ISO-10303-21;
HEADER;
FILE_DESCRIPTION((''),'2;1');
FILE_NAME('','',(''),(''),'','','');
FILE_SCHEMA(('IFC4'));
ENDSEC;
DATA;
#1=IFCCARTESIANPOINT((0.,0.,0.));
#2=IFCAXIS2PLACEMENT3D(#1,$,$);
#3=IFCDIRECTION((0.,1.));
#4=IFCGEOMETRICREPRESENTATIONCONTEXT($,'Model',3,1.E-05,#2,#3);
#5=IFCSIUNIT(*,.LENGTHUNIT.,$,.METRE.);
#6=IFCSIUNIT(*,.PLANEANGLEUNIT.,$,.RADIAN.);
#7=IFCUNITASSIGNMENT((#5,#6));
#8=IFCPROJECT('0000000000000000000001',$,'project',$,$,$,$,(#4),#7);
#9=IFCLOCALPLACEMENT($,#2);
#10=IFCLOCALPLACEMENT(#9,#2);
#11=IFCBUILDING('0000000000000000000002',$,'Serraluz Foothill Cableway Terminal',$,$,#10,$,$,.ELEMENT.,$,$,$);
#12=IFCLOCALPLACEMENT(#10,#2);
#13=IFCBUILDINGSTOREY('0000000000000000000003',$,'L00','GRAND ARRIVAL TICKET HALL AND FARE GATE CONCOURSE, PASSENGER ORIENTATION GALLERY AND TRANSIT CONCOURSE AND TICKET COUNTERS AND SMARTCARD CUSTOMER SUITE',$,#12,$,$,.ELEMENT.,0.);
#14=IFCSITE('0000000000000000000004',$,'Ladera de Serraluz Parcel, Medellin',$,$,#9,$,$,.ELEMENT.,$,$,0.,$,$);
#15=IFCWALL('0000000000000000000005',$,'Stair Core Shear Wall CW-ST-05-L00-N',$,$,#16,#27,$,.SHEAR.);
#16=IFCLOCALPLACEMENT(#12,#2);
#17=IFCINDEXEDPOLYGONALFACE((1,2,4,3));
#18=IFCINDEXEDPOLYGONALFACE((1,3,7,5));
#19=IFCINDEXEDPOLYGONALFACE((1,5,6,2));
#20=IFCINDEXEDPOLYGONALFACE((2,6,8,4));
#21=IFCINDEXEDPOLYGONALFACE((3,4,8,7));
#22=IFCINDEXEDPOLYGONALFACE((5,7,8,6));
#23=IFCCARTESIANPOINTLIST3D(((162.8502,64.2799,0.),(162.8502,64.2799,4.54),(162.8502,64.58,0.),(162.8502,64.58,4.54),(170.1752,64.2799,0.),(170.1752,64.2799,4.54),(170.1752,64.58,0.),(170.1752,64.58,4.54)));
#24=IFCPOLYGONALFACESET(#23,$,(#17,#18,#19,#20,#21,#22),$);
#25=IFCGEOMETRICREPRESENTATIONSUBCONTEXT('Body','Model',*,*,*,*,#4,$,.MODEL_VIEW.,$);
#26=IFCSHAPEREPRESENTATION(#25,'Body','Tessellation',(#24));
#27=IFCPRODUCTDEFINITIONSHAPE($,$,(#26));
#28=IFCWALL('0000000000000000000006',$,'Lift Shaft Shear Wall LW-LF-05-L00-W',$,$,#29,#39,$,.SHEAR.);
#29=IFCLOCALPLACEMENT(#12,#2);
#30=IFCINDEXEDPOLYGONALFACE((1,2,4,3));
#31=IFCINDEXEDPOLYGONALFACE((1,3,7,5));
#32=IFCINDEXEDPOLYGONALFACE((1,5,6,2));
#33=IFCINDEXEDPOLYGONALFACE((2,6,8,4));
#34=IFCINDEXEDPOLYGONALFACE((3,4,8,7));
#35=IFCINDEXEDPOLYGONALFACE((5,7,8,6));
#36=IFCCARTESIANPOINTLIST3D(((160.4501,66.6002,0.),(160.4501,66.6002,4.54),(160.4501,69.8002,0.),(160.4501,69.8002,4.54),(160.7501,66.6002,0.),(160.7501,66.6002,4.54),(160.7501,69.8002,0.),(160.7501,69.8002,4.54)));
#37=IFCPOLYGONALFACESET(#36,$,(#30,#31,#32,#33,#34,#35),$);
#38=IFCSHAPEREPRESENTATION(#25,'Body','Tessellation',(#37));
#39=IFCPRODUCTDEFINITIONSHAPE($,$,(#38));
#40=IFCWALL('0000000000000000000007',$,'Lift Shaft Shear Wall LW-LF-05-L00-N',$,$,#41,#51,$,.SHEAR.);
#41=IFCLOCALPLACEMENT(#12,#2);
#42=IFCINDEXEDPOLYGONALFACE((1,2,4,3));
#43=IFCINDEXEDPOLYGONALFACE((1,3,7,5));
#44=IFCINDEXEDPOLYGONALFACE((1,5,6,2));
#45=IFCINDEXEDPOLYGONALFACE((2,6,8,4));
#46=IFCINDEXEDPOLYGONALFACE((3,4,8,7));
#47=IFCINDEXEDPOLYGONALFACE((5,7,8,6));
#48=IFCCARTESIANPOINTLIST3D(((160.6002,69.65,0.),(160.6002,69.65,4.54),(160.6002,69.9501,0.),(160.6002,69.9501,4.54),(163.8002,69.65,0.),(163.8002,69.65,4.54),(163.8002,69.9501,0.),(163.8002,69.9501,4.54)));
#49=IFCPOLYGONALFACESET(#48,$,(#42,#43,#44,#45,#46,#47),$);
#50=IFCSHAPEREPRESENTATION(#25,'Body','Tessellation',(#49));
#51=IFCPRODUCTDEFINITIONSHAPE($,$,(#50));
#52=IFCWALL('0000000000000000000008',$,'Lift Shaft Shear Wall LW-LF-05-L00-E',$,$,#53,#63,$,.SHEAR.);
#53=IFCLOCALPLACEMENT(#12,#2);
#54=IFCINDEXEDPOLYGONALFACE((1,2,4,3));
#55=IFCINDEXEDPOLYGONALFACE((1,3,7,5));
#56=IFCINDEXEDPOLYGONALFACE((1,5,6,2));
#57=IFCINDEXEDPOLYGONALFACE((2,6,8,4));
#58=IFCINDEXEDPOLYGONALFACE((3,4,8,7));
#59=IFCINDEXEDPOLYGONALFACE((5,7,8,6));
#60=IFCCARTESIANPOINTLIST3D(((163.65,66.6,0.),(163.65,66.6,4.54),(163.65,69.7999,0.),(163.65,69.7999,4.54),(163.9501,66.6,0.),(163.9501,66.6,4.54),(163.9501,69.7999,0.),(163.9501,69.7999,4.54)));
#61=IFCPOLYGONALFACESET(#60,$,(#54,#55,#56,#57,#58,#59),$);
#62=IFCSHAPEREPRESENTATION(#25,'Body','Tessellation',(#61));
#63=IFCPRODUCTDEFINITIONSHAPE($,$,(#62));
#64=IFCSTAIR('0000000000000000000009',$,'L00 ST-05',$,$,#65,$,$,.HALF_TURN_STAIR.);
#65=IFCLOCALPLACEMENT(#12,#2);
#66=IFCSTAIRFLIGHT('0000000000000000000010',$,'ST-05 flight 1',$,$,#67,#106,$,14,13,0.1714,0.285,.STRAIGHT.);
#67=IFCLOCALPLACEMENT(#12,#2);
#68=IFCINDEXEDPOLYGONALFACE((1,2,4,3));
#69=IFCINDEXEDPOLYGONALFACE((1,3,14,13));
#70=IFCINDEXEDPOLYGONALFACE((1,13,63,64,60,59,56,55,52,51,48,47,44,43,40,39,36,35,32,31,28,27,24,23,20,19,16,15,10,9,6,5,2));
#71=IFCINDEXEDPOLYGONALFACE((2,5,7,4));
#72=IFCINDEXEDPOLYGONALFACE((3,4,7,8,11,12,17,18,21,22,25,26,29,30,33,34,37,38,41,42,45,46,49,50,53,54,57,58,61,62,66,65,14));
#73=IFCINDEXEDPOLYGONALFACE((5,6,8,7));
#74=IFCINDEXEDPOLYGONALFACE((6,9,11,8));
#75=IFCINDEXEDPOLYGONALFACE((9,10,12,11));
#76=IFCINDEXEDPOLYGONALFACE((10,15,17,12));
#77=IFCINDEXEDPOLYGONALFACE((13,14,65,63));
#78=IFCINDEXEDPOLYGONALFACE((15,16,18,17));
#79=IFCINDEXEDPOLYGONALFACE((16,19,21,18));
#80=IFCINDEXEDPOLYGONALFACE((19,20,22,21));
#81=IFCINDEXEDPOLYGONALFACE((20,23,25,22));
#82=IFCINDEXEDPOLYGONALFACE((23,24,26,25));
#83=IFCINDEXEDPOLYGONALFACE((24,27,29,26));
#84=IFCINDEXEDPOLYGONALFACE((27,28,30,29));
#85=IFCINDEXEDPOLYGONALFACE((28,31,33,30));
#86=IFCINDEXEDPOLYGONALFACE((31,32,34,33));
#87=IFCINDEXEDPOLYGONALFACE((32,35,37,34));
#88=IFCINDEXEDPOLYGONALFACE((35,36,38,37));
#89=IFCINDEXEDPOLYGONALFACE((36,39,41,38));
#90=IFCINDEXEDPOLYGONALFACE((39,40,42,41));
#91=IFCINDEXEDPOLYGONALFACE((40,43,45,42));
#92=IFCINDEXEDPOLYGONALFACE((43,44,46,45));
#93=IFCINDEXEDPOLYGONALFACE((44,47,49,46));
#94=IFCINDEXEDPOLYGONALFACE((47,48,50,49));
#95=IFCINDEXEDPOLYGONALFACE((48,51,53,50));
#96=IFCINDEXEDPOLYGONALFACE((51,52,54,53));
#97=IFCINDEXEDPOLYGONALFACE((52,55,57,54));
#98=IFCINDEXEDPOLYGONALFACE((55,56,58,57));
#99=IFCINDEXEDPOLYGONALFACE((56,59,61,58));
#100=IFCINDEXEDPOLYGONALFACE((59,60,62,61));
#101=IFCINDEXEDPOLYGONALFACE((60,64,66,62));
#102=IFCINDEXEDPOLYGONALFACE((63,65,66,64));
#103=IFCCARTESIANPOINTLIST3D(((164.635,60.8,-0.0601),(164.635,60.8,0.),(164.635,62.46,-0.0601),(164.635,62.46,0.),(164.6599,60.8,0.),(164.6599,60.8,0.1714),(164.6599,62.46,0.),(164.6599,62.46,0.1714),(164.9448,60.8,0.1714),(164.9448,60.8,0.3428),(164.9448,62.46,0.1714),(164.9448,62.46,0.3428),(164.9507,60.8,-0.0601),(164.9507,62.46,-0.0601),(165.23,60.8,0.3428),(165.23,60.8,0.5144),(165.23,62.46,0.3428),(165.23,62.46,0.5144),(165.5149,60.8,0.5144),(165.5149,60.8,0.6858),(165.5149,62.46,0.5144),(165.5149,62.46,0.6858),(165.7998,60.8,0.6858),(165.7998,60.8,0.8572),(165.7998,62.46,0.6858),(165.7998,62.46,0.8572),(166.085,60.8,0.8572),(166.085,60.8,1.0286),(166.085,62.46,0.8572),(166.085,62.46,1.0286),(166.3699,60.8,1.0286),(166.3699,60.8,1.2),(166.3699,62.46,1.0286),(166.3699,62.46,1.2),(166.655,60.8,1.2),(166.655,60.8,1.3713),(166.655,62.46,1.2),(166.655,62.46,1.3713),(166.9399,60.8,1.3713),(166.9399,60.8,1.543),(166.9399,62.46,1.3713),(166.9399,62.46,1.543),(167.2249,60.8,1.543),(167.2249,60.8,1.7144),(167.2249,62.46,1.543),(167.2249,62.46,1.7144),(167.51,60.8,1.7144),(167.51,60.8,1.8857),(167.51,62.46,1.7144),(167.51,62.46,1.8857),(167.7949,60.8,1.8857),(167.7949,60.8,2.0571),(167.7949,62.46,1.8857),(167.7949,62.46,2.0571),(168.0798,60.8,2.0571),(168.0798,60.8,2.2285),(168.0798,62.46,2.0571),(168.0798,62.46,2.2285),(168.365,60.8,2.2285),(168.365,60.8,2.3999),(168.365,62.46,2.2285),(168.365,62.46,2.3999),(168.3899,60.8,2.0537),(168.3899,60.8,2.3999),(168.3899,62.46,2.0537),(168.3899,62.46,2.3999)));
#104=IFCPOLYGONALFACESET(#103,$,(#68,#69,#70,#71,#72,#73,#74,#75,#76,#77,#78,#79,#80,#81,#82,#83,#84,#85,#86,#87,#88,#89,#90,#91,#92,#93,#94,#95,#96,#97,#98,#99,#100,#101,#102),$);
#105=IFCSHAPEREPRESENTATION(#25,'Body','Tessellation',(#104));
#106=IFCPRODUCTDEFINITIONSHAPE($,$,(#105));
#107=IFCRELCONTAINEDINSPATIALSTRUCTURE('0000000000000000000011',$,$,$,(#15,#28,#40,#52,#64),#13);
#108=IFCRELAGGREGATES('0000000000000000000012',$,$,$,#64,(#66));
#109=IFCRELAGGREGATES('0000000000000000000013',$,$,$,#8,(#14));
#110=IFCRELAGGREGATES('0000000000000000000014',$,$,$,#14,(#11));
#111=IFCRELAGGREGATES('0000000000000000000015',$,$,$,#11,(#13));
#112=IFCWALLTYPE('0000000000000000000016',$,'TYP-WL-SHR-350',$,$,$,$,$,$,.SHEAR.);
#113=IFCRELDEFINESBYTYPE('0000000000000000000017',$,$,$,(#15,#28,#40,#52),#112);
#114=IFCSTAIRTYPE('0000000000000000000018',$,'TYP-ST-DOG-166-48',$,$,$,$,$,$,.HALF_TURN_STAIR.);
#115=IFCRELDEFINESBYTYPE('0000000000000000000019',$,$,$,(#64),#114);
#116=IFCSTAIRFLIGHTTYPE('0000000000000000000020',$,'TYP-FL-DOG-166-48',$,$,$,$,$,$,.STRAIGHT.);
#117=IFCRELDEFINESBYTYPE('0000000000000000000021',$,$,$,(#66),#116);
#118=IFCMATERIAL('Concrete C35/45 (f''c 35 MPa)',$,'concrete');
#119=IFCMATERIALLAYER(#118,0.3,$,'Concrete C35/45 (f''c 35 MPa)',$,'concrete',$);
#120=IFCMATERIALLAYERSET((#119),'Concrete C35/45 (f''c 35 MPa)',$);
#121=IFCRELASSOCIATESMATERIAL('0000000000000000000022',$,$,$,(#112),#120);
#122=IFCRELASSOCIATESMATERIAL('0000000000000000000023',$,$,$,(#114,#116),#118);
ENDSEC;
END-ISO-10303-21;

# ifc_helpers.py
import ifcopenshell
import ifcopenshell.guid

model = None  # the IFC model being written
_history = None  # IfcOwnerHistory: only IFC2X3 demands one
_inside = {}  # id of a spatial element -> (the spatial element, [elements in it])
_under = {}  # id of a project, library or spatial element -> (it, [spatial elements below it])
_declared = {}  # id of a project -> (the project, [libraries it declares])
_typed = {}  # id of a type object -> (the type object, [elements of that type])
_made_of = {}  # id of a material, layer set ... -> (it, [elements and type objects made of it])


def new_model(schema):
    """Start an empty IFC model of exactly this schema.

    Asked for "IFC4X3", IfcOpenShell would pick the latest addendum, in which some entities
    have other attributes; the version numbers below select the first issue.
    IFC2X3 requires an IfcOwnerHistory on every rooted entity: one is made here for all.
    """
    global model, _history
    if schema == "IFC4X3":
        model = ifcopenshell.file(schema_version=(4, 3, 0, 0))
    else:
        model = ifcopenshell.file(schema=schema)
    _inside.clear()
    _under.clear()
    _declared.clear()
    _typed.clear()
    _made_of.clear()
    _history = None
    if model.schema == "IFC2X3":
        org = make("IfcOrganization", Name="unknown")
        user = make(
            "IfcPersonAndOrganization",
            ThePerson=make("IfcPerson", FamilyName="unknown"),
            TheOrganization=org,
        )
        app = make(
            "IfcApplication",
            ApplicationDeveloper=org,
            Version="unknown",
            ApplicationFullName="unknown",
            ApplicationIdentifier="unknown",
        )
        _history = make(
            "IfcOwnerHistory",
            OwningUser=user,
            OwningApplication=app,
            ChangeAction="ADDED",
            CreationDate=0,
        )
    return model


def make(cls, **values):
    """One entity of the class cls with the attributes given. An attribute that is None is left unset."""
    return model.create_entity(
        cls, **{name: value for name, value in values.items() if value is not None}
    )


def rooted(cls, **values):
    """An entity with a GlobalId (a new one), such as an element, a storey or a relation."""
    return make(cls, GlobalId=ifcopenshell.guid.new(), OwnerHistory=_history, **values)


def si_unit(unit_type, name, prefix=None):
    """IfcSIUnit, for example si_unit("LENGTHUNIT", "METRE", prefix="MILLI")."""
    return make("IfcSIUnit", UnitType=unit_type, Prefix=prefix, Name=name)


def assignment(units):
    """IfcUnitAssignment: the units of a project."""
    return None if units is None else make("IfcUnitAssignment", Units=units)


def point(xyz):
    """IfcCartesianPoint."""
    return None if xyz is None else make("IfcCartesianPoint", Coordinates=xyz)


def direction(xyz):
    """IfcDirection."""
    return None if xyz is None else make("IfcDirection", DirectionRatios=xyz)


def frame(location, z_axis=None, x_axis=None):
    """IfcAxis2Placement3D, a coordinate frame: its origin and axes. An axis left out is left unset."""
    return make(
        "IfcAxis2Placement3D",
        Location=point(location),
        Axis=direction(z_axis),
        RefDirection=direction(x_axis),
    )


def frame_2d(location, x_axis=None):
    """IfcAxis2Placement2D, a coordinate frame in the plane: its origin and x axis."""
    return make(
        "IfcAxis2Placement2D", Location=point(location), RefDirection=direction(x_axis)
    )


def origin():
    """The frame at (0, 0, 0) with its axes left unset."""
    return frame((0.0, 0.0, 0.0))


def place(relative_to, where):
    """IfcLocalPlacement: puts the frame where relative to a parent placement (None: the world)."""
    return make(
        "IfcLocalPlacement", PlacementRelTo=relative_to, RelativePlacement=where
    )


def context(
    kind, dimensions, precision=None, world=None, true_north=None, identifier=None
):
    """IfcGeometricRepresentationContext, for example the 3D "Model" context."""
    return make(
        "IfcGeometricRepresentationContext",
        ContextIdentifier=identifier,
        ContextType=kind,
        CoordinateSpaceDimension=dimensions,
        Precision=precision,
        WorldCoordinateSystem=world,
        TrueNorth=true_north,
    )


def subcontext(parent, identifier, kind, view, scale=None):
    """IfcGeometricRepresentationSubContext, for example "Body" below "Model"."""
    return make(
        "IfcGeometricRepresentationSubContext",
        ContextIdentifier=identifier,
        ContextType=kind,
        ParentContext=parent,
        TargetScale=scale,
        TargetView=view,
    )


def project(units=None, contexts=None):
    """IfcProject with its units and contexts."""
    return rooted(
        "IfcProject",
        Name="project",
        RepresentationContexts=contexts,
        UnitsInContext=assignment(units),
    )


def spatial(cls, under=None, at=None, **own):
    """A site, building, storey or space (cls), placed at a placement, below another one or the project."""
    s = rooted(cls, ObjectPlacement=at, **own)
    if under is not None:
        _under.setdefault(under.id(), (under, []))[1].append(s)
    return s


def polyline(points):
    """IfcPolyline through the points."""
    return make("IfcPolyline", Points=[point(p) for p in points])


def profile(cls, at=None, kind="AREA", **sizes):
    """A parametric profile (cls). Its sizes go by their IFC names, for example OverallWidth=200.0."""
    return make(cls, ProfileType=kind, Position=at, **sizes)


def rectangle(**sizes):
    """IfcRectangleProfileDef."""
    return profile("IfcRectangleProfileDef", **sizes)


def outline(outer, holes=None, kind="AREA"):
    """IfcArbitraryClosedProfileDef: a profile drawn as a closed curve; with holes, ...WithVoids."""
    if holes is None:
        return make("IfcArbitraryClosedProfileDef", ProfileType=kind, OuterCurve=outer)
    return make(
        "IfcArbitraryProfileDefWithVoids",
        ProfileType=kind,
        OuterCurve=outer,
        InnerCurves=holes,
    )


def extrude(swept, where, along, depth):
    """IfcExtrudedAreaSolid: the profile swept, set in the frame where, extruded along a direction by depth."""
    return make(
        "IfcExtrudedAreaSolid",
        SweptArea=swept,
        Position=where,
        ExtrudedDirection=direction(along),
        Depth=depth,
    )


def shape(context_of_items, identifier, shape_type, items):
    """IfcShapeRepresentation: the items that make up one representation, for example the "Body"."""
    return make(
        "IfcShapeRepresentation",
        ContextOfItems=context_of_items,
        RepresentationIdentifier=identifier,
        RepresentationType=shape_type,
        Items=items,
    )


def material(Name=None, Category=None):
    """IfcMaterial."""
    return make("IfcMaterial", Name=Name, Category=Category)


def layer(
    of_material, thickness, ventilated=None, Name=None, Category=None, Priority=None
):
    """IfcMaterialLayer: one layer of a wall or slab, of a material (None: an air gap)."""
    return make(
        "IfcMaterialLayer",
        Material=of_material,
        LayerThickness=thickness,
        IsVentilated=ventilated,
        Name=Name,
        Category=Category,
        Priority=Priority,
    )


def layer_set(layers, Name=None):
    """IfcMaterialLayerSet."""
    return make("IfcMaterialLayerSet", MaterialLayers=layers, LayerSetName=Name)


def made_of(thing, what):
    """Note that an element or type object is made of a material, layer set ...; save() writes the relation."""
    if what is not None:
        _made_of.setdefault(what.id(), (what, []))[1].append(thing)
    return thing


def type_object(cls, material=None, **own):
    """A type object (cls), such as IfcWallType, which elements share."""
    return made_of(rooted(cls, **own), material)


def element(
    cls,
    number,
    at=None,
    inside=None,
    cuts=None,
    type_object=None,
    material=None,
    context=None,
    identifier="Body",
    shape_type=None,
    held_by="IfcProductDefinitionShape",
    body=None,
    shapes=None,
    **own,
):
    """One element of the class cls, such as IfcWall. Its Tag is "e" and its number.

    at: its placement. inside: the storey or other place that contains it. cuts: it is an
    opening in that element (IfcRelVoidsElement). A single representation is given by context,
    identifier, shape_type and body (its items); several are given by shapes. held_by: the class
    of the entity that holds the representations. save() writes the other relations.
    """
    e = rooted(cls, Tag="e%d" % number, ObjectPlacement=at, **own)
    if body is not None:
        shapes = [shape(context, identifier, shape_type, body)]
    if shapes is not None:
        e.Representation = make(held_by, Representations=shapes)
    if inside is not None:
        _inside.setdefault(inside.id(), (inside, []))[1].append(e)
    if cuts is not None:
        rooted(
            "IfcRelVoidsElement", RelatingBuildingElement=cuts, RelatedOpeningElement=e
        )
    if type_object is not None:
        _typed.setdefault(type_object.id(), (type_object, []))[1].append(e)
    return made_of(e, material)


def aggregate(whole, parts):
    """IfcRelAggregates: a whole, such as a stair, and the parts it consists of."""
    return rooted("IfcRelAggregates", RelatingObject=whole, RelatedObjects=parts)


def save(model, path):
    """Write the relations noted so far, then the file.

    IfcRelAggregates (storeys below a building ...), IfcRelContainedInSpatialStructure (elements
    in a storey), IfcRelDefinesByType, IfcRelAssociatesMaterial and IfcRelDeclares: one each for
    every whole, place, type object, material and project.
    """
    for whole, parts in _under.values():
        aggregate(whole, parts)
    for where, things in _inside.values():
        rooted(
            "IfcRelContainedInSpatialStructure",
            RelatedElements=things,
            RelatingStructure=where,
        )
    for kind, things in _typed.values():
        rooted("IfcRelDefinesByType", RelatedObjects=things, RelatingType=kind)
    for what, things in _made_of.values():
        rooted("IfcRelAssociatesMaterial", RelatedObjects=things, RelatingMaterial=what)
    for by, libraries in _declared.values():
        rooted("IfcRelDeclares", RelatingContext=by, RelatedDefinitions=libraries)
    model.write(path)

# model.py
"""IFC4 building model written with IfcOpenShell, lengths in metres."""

from ifc_helpers import new_model, si_unit, direction, frame, frame_2d, origin, place, context, subcontext, project, spatial, polyline, rectangle, outline, extrude, material, layer, layer_set, type_object, element, aggregate, save


model = new_model("IFC4")

# Units and contexts
model_context = context("Model", 3, precision=1e-05, world=origin(), true_north=direction((0.0, 1.0)))
body_context = subcontext(model_context, "Body", "Model", "MODEL_VIEW")
ifc_project = project(units=[si_unit("LENGTHUNIT", "METRE"), si_unit("PLANEANGLEUNIT", "RADIAN")], contexts=[model_context])

# Site, building, storey
site_placement = place(None, origin())
site = spatial("IfcSite", under=ifc_project, at=site_placement, Name="Ladera de Serraluz Parcel, Medellin", CompositionType="ELEMENT", RefElevation=0.0)
building_placement = place(site_placement, origin())
building = spatial("IfcBuilding", under=site, at=building_placement, Name="Serraluz Foothill Cableway Terminal", CompositionType="ELEMENT")
storey_placement = place(building_placement, origin())
storey = spatial("IfcBuildingStorey", under=building, at=storey_placement, Name="L00", Description="GRAND ARRIVAL TICKET HALL AND FARE GATE CONCOURSE, PASSENGER ORIENTATION GALLERY AND TRANSIT CONCOURSE AND TICKET COUNTERS AND SMARTCARD CUSTOMER SUITE", CompositionType="ELEMENT", Elevation=0.0)

# Shared definitions
ifc_material_1 = material(Name="Concrete C35/45 (f'c 35 MPa)", Category="concrete")

# Wall
ifc_layer_1 = layer(ifc_material_1, 0.3, Name="Concrete C35/45 (f'c 35 MPa)", Category="concrete")
ifc_layer_set_1 = layer_set([ifc_layer_1], Name="Concrete C35/45 (f'c 35 MPa)")
wall_type = type_object("IfcWallType", Name="TYP-WL-SHR-350", PredefinedType="SHEAR", material=ifc_layer_set_1)
wall_1_placement = place(storey_placement, frame((162.8501, 64.4299, 0.0), z_axis=(0.0, 0.0, 1.0), x_axis=(1.0, 0.0, 0.0)))
element("IfcWall", 1, at=wall_1_placement, inside=storey, type_object=wall_type, Name="Stair Core Shear Wall CW-ST-05-L00-N", PredefinedType="SHEAR", context=body_context, shape_type="SweptSolid", body=[
    extrude(rectangle(XDim=7.325, YDim=0.3, at=frame_2d((3.6626, 0.0))), origin(), (0.0, 0.0, 1.0), 4.54),
])

# Walls
for number, where, z_axis, x_axis, name in (
    (2, (160.6001, 66.6001, 0.0), (0.0, 0.0, 1.0), (0.0, 1.0, 0.0), "Lift Shaft Shear Wall LW-LF-05-L00-W"),
    (3, (160.6001, 69.8, 0.0), (0.0, 0.0, 1.0), (1.0, 0.0, 0.0), "Lift Shaft Shear Wall LW-LF-05-L00-N"),
    (4, (163.8, 69.8, 0.0), (0.0, 0.0, 1.0), (0.0, -1.0, 0.0), "Lift Shaft Shear Wall LW-LF-05-L00-E"),
):
    element("IfcWall", number, at=place(storey_placement, frame(where, z_axis=z_axis, x_axis=x_axis)), inside=storey, type_object=wall_type, Name=name, PredefinedType="SHEAR", context=body_context, shape_type="SweptSolid", body=[
        extrude(rectangle(XDim=3.2, YDim=0.3, at=frame_2d((1.6001, 0.0))), origin(), (0.0, 0.0, 1.0), 4.54),
    ])

# Stair, stair flight
stair_type = type_object("IfcStairType", Name="TYP-ST-DOG-166-48", PredefinedType="HALF_TURN_STAIR", material=ifc_material_1)
stair_placement = place(storey_placement, origin())
stair = element("IfcStair", 5, at=stair_placement, inside=storey, type_object=stair_type, Name="L00 ST-05", PredefinedType="HALF_TURN_STAIR")
stair_flight_type = type_object("IfcStairFlightType", Name="TYP-FL-DOG-166-48", PredefinedType="STRAIGHT", material=ifc_material_1)
stair_flight_placement = place(storey_placement, frame((164.6599, 61.6299, 0.0), z_axis=(0.0, 0.0, 1.0), x_axis=(1.0, 0.0, 0.0)))
stair_flight = element("IfcStairFlight", 6, at=stair_flight_placement, type_object=stair_flight_type, Name="ST-05 flight 1", NumberOfRisers=14, NumberOfTreads=13, PredefinedType="STRAIGHT", RiserHeight=0.1714, TreadLength=0.285, context=body_context, shape_type="SweptSolid", body=[
    extrude(outline(polyline([(-0.0249, -0.0601), (-0.0249, 0.0), (0.0, 0.0), (0.0, 0.1714), (0.2849, 0.1714), (0.2849, 0.3428), (0.5701, 0.3428), (0.5701, 0.5144), (0.855, 0.5144), (0.855, 0.6858), (1.1399, 0.6858), (1.1399, 0.8572), (1.425, 0.8572), (1.425, 1.0286), (1.71, 1.0286), (1.71, 1.2), (1.9951, 1.2), (1.9951, 1.3713), (2.28, 1.3713), (2.28, 1.543), (2.5649, 1.543), (2.5649, 1.7144), (2.8501, 1.7144), (2.8501, 1.8857), (3.135, 1.8857), (3.135, 2.0571), (3.4199, 2.0571), (3.4199, 2.2285), (3.7051, 2.2285), (3.7051, 2.3999), (3.73, 2.3999), (3.73, 2.0537), (0.2908, -0.0601), (-0.0249, -0.0601)])), frame((0.0, 0.8301, 0.0), z_axis=(0.0, -1.0, 0.0), x_axis=(1.0, 0.0, 0.0)), (0.0, 0.0, 1.0), 1.6599),
])
aggregate(stair, [stair_flight])

save(model, "model.ifc")
